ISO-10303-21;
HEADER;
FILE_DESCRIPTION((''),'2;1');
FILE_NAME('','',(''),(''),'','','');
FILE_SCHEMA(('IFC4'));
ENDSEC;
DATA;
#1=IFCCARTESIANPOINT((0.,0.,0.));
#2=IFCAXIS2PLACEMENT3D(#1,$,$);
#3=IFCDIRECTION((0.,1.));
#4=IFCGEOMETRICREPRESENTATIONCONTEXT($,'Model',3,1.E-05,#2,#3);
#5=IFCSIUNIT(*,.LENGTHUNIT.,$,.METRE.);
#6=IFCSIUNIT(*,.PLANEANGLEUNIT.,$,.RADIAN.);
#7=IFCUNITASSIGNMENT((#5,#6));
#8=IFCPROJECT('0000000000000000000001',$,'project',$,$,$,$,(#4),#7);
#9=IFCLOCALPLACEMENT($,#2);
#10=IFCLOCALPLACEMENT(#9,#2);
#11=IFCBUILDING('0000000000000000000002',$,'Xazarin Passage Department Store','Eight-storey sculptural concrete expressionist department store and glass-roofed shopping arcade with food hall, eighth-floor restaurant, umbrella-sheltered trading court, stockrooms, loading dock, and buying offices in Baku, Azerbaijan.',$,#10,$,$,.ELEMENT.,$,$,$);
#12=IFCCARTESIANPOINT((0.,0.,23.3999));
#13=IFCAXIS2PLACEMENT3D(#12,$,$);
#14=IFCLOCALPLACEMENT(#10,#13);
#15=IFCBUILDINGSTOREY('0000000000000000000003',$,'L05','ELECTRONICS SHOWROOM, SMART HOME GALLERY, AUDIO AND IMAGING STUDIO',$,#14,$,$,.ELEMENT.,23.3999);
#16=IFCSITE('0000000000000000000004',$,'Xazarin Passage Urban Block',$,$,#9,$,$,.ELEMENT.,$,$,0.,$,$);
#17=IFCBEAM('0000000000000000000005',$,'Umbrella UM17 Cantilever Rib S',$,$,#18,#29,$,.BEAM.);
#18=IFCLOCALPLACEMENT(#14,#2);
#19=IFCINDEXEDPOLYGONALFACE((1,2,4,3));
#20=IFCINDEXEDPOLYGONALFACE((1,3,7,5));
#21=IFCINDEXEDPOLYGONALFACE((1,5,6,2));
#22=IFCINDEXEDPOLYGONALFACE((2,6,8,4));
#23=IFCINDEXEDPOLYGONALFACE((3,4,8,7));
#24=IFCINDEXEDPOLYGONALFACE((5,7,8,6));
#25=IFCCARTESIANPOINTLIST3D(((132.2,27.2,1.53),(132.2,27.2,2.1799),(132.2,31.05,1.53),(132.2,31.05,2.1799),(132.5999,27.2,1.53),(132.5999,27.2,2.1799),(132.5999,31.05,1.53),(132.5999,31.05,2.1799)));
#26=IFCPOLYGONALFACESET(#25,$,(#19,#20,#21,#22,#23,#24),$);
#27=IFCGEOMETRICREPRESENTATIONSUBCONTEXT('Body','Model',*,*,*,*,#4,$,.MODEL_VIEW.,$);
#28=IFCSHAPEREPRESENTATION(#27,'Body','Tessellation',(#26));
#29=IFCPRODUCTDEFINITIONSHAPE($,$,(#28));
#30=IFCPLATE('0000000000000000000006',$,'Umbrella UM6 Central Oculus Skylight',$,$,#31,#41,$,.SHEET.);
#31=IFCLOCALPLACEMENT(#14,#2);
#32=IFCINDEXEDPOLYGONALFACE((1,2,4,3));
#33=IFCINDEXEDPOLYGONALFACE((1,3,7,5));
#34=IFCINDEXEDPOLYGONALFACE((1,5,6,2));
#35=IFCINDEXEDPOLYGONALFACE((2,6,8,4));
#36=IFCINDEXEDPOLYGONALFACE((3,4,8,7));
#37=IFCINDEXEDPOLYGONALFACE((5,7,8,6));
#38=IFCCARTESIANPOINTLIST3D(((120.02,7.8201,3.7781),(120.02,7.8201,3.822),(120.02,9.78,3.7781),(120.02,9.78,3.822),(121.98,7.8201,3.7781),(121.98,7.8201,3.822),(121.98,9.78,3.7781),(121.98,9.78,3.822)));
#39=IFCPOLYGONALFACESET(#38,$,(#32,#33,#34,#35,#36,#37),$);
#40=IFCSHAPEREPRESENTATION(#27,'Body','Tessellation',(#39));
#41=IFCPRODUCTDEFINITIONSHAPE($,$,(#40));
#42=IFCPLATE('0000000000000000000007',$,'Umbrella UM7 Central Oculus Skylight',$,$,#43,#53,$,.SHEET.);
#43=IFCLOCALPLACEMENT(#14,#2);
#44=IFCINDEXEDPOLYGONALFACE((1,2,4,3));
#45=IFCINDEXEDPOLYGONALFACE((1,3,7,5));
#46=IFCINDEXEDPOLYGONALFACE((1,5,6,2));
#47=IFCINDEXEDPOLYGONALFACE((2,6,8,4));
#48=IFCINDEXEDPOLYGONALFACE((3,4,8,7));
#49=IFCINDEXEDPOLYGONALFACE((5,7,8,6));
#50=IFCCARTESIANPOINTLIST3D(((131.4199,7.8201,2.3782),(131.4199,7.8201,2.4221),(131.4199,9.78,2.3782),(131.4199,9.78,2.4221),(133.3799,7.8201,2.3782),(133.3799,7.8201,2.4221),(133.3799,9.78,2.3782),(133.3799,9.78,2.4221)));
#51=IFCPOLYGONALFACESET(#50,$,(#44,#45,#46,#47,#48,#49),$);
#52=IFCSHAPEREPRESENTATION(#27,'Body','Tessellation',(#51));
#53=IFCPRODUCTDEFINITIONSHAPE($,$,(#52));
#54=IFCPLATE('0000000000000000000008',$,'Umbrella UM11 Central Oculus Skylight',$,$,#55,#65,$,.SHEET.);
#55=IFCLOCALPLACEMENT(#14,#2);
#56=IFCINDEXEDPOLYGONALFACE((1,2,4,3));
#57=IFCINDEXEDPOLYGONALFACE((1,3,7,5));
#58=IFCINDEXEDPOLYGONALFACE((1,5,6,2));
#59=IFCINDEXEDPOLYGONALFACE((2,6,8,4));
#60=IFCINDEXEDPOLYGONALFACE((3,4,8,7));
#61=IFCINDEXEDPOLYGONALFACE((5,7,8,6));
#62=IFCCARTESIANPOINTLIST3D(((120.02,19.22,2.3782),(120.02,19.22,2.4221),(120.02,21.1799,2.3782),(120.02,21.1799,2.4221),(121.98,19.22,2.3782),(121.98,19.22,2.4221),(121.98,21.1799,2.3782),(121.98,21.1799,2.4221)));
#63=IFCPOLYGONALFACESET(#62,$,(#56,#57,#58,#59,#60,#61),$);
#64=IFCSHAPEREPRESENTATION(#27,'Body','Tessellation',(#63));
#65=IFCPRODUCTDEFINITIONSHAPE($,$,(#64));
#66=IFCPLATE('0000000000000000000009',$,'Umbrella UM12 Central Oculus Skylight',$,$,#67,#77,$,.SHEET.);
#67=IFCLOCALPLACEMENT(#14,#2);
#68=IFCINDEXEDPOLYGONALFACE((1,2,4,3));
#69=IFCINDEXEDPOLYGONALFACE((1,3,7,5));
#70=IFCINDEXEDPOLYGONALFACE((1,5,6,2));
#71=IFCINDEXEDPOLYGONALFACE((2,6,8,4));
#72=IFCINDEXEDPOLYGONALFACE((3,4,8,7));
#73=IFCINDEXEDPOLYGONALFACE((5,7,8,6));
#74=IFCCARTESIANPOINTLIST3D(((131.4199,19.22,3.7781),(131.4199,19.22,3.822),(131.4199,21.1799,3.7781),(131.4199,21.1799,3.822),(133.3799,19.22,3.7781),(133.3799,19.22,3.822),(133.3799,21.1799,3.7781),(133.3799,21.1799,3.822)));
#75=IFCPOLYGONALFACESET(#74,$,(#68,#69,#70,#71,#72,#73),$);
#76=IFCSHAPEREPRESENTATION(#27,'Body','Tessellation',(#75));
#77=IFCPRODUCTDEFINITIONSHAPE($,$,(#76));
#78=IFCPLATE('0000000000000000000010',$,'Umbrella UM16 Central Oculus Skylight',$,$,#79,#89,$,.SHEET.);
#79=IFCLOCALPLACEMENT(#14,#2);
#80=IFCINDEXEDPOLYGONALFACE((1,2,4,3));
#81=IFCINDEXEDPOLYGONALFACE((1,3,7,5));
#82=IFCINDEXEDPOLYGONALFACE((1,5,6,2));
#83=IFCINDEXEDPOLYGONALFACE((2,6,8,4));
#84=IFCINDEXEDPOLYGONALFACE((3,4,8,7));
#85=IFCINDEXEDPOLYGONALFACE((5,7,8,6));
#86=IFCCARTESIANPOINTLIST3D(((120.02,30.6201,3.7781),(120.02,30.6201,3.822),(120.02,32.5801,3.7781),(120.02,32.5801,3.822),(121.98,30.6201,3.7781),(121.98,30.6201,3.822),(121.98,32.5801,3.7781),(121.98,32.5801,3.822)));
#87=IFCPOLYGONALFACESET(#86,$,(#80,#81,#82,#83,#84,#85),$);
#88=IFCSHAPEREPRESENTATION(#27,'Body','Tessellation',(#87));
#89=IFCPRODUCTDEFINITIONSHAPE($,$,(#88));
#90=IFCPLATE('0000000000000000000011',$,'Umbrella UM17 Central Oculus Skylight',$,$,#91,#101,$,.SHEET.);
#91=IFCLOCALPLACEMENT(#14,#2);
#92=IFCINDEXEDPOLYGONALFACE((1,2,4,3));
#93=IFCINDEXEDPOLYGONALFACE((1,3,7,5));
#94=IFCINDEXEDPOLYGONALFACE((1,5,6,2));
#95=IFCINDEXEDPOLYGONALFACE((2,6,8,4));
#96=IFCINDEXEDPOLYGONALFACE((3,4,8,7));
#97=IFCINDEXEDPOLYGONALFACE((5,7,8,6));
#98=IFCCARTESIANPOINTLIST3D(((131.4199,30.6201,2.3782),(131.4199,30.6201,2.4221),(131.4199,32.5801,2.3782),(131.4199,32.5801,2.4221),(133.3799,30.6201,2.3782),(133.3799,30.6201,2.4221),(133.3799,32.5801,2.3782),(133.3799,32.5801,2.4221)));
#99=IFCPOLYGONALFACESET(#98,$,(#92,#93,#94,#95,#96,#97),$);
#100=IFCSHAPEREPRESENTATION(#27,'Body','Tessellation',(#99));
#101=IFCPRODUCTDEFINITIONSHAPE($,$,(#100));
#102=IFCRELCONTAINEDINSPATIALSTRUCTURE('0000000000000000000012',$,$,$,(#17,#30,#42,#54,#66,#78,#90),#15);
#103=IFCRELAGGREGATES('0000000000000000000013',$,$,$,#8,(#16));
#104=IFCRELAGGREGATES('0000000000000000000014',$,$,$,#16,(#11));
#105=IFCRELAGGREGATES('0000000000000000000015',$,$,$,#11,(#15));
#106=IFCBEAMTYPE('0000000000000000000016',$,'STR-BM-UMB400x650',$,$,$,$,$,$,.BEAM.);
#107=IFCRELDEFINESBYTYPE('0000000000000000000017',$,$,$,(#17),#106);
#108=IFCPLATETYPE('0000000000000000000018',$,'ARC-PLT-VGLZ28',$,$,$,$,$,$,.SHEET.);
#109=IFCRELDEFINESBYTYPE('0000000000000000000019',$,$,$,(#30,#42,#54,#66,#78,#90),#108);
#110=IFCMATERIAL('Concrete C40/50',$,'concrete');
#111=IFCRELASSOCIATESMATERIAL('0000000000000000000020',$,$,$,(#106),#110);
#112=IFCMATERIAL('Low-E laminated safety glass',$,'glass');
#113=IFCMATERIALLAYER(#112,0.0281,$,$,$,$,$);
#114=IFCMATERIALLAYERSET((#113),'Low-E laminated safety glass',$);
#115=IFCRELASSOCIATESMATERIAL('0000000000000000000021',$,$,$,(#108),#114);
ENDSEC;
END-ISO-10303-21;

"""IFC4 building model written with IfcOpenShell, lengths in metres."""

from ifc_helpers import new_model, si_unit, direction, frame, origin, origin_2d, place, context, subcontext, project, spatial, rectangle, extrude, material, layer, layer_set, material_profile, profile_set, type_object, element, save


model = new_model("IFC4")

# Units and contexts
model_context = context("Model", 3, precision=1e-05, world=origin(), true_north=direction((0.0, 1.0)))
body_context = subcontext(model_context, "Body", "Model", "MODEL_VIEW")
ifc_project = project(units=[si_unit("LENGTHUNIT", "METRE"), si_unit("PLANEANGLEUNIT", "RADIAN")], contexts=[model_context])

# Site, building, storey
site_placement = place(None, origin())
site = spatial("IfcSite", under=ifc_project, at=site_placement, Name="Xazarin Passage Urban Block", CompositionType="ELEMENT", RefElevation=0.0)
building_placement = place(site_placement, origin())
building = spatial("IfcBuilding", under=site, at=building_placement, Name="Xazarin Passage Department Store", Description="Eight-storey sculptural concrete expressionist department store and glass-roofed shopping arcade with food hall, eighth-floor restaurant, umbrella-sheltered trading court, stockrooms, loading dock, and buying offices in Baku, Azerbaijan.", CompositionType="ELEMENT")
storey_placement = place(building_placement, frame((0.0, 0.0, 23.3999)))
storey = spatial("IfcBuildingStorey", under=building, at=storey_placement, Name="L05", Description="ELECTRONICS SHOWROOM, SMART HOME GALLERY, AUDIO AND IMAGING STUDIO", CompositionType="ELEMENT", Elevation=23.3999)

# Beam
ifc_material_1 = material(Name="Concrete C40/50", Category="concrete")
ifc_material_profile = material_profile(ifc_material_1, rectangle(XDim=0.3999, YDim=0.6499, at=origin_2d()), Name="RC 400x650")
ifc_profile_set = profile_set([ifc_material_profile], Name="Concrete C40/50")
beam_type = type_object("IfcBeamType", Name="STR-BM-UMB400x650", PredefinedType="BEAM", material=ifc_profile_set)
for number, where, z_axis, x_axis, name in (
    (1, (132.3999, 31.05, 1.855), (0.0, -1.0, 0.0), (1.0, 0.0, 0.0), "Umbrella UM17 Cantilever Rib S"),
):
    element("IfcBeam", number, at=place(storey_placement, frame(where, z_axis=z_axis, x_axis=x_axis)), inside=storey, type_object=beam_type, Name=name, PredefinedType="BEAM", context=body_context, shape_type="SweptSolid", body=[
        extrude(rectangle(XDim=0.3999, YDim=0.6499, at=origin_2d()), origin(), (0.0, 0.0, 1.0), 3.8501),
    ])

# Plates
ifc_material_2 = material(Name="Low-E laminated safety glass", Category="glass")
ifc_layer = layer(ifc_material_2, 0.0281)
ifc_layer_set = layer_set([ifc_layer], Name="Low-E laminated safety glass")
plate_type = type_object("IfcPlateType", Name="ARC-PLT-VGLZ28", PredefinedType="SHEET", material=ifc_layer_set)
for number, where, z_axis, x_axis, name in (
    (2, (121.0, 8.8, 3.7781), (0.0, 0.0, 1.0), (1.0, 0.0, 0.0), "Umbrella UM6 Central Oculus Skylight"),
    (3, (132.3999, 8.8, 2.3782), (0.0, 0.0, 1.0), (1.0, 0.0, 0.0), "Umbrella UM7 Central Oculus Skylight"),
    (4, (121.0, 20.2, 2.3782), (0.0, 0.0, 1.0), (1.0, 0.0, 0.0), "Umbrella UM11 Central Oculus Skylight"),
    (5, (132.3999, 20.2, 3.7781), (0.0, 0.0, 1.0), (1.0, 0.0, 0.0), "Umbrella UM12 Central Oculus Skylight"),
    (6, (121.0, 31.6001, 3.7781), (0.0, 0.0, 1.0), (1.0, 0.0, 0.0), "Umbrella UM16 Central Oculus Skylight"),
    (7, (132.3999, 31.6001, 2.3782), (0.0, 0.0, 1.0), (1.0, 0.0, 0.0), "Umbrella UM17 Central Oculus Skylight"),
):
    element("IfcPlate", number, at=place(storey_placement, frame(where, z_axis=z_axis, x_axis=x_axis)), inside=storey, type_object=plate_type, Name=name, PredefinedType="SHEET", context=body_context, shape_type="SweptSolid", body=[
        extrude(rectangle(XDim=1.96, YDim=1.96, at=origin_2d()), origin(), (0.0, 0.0, 1.0), 0.0439),
    ])

save(model, "model.ifc")
